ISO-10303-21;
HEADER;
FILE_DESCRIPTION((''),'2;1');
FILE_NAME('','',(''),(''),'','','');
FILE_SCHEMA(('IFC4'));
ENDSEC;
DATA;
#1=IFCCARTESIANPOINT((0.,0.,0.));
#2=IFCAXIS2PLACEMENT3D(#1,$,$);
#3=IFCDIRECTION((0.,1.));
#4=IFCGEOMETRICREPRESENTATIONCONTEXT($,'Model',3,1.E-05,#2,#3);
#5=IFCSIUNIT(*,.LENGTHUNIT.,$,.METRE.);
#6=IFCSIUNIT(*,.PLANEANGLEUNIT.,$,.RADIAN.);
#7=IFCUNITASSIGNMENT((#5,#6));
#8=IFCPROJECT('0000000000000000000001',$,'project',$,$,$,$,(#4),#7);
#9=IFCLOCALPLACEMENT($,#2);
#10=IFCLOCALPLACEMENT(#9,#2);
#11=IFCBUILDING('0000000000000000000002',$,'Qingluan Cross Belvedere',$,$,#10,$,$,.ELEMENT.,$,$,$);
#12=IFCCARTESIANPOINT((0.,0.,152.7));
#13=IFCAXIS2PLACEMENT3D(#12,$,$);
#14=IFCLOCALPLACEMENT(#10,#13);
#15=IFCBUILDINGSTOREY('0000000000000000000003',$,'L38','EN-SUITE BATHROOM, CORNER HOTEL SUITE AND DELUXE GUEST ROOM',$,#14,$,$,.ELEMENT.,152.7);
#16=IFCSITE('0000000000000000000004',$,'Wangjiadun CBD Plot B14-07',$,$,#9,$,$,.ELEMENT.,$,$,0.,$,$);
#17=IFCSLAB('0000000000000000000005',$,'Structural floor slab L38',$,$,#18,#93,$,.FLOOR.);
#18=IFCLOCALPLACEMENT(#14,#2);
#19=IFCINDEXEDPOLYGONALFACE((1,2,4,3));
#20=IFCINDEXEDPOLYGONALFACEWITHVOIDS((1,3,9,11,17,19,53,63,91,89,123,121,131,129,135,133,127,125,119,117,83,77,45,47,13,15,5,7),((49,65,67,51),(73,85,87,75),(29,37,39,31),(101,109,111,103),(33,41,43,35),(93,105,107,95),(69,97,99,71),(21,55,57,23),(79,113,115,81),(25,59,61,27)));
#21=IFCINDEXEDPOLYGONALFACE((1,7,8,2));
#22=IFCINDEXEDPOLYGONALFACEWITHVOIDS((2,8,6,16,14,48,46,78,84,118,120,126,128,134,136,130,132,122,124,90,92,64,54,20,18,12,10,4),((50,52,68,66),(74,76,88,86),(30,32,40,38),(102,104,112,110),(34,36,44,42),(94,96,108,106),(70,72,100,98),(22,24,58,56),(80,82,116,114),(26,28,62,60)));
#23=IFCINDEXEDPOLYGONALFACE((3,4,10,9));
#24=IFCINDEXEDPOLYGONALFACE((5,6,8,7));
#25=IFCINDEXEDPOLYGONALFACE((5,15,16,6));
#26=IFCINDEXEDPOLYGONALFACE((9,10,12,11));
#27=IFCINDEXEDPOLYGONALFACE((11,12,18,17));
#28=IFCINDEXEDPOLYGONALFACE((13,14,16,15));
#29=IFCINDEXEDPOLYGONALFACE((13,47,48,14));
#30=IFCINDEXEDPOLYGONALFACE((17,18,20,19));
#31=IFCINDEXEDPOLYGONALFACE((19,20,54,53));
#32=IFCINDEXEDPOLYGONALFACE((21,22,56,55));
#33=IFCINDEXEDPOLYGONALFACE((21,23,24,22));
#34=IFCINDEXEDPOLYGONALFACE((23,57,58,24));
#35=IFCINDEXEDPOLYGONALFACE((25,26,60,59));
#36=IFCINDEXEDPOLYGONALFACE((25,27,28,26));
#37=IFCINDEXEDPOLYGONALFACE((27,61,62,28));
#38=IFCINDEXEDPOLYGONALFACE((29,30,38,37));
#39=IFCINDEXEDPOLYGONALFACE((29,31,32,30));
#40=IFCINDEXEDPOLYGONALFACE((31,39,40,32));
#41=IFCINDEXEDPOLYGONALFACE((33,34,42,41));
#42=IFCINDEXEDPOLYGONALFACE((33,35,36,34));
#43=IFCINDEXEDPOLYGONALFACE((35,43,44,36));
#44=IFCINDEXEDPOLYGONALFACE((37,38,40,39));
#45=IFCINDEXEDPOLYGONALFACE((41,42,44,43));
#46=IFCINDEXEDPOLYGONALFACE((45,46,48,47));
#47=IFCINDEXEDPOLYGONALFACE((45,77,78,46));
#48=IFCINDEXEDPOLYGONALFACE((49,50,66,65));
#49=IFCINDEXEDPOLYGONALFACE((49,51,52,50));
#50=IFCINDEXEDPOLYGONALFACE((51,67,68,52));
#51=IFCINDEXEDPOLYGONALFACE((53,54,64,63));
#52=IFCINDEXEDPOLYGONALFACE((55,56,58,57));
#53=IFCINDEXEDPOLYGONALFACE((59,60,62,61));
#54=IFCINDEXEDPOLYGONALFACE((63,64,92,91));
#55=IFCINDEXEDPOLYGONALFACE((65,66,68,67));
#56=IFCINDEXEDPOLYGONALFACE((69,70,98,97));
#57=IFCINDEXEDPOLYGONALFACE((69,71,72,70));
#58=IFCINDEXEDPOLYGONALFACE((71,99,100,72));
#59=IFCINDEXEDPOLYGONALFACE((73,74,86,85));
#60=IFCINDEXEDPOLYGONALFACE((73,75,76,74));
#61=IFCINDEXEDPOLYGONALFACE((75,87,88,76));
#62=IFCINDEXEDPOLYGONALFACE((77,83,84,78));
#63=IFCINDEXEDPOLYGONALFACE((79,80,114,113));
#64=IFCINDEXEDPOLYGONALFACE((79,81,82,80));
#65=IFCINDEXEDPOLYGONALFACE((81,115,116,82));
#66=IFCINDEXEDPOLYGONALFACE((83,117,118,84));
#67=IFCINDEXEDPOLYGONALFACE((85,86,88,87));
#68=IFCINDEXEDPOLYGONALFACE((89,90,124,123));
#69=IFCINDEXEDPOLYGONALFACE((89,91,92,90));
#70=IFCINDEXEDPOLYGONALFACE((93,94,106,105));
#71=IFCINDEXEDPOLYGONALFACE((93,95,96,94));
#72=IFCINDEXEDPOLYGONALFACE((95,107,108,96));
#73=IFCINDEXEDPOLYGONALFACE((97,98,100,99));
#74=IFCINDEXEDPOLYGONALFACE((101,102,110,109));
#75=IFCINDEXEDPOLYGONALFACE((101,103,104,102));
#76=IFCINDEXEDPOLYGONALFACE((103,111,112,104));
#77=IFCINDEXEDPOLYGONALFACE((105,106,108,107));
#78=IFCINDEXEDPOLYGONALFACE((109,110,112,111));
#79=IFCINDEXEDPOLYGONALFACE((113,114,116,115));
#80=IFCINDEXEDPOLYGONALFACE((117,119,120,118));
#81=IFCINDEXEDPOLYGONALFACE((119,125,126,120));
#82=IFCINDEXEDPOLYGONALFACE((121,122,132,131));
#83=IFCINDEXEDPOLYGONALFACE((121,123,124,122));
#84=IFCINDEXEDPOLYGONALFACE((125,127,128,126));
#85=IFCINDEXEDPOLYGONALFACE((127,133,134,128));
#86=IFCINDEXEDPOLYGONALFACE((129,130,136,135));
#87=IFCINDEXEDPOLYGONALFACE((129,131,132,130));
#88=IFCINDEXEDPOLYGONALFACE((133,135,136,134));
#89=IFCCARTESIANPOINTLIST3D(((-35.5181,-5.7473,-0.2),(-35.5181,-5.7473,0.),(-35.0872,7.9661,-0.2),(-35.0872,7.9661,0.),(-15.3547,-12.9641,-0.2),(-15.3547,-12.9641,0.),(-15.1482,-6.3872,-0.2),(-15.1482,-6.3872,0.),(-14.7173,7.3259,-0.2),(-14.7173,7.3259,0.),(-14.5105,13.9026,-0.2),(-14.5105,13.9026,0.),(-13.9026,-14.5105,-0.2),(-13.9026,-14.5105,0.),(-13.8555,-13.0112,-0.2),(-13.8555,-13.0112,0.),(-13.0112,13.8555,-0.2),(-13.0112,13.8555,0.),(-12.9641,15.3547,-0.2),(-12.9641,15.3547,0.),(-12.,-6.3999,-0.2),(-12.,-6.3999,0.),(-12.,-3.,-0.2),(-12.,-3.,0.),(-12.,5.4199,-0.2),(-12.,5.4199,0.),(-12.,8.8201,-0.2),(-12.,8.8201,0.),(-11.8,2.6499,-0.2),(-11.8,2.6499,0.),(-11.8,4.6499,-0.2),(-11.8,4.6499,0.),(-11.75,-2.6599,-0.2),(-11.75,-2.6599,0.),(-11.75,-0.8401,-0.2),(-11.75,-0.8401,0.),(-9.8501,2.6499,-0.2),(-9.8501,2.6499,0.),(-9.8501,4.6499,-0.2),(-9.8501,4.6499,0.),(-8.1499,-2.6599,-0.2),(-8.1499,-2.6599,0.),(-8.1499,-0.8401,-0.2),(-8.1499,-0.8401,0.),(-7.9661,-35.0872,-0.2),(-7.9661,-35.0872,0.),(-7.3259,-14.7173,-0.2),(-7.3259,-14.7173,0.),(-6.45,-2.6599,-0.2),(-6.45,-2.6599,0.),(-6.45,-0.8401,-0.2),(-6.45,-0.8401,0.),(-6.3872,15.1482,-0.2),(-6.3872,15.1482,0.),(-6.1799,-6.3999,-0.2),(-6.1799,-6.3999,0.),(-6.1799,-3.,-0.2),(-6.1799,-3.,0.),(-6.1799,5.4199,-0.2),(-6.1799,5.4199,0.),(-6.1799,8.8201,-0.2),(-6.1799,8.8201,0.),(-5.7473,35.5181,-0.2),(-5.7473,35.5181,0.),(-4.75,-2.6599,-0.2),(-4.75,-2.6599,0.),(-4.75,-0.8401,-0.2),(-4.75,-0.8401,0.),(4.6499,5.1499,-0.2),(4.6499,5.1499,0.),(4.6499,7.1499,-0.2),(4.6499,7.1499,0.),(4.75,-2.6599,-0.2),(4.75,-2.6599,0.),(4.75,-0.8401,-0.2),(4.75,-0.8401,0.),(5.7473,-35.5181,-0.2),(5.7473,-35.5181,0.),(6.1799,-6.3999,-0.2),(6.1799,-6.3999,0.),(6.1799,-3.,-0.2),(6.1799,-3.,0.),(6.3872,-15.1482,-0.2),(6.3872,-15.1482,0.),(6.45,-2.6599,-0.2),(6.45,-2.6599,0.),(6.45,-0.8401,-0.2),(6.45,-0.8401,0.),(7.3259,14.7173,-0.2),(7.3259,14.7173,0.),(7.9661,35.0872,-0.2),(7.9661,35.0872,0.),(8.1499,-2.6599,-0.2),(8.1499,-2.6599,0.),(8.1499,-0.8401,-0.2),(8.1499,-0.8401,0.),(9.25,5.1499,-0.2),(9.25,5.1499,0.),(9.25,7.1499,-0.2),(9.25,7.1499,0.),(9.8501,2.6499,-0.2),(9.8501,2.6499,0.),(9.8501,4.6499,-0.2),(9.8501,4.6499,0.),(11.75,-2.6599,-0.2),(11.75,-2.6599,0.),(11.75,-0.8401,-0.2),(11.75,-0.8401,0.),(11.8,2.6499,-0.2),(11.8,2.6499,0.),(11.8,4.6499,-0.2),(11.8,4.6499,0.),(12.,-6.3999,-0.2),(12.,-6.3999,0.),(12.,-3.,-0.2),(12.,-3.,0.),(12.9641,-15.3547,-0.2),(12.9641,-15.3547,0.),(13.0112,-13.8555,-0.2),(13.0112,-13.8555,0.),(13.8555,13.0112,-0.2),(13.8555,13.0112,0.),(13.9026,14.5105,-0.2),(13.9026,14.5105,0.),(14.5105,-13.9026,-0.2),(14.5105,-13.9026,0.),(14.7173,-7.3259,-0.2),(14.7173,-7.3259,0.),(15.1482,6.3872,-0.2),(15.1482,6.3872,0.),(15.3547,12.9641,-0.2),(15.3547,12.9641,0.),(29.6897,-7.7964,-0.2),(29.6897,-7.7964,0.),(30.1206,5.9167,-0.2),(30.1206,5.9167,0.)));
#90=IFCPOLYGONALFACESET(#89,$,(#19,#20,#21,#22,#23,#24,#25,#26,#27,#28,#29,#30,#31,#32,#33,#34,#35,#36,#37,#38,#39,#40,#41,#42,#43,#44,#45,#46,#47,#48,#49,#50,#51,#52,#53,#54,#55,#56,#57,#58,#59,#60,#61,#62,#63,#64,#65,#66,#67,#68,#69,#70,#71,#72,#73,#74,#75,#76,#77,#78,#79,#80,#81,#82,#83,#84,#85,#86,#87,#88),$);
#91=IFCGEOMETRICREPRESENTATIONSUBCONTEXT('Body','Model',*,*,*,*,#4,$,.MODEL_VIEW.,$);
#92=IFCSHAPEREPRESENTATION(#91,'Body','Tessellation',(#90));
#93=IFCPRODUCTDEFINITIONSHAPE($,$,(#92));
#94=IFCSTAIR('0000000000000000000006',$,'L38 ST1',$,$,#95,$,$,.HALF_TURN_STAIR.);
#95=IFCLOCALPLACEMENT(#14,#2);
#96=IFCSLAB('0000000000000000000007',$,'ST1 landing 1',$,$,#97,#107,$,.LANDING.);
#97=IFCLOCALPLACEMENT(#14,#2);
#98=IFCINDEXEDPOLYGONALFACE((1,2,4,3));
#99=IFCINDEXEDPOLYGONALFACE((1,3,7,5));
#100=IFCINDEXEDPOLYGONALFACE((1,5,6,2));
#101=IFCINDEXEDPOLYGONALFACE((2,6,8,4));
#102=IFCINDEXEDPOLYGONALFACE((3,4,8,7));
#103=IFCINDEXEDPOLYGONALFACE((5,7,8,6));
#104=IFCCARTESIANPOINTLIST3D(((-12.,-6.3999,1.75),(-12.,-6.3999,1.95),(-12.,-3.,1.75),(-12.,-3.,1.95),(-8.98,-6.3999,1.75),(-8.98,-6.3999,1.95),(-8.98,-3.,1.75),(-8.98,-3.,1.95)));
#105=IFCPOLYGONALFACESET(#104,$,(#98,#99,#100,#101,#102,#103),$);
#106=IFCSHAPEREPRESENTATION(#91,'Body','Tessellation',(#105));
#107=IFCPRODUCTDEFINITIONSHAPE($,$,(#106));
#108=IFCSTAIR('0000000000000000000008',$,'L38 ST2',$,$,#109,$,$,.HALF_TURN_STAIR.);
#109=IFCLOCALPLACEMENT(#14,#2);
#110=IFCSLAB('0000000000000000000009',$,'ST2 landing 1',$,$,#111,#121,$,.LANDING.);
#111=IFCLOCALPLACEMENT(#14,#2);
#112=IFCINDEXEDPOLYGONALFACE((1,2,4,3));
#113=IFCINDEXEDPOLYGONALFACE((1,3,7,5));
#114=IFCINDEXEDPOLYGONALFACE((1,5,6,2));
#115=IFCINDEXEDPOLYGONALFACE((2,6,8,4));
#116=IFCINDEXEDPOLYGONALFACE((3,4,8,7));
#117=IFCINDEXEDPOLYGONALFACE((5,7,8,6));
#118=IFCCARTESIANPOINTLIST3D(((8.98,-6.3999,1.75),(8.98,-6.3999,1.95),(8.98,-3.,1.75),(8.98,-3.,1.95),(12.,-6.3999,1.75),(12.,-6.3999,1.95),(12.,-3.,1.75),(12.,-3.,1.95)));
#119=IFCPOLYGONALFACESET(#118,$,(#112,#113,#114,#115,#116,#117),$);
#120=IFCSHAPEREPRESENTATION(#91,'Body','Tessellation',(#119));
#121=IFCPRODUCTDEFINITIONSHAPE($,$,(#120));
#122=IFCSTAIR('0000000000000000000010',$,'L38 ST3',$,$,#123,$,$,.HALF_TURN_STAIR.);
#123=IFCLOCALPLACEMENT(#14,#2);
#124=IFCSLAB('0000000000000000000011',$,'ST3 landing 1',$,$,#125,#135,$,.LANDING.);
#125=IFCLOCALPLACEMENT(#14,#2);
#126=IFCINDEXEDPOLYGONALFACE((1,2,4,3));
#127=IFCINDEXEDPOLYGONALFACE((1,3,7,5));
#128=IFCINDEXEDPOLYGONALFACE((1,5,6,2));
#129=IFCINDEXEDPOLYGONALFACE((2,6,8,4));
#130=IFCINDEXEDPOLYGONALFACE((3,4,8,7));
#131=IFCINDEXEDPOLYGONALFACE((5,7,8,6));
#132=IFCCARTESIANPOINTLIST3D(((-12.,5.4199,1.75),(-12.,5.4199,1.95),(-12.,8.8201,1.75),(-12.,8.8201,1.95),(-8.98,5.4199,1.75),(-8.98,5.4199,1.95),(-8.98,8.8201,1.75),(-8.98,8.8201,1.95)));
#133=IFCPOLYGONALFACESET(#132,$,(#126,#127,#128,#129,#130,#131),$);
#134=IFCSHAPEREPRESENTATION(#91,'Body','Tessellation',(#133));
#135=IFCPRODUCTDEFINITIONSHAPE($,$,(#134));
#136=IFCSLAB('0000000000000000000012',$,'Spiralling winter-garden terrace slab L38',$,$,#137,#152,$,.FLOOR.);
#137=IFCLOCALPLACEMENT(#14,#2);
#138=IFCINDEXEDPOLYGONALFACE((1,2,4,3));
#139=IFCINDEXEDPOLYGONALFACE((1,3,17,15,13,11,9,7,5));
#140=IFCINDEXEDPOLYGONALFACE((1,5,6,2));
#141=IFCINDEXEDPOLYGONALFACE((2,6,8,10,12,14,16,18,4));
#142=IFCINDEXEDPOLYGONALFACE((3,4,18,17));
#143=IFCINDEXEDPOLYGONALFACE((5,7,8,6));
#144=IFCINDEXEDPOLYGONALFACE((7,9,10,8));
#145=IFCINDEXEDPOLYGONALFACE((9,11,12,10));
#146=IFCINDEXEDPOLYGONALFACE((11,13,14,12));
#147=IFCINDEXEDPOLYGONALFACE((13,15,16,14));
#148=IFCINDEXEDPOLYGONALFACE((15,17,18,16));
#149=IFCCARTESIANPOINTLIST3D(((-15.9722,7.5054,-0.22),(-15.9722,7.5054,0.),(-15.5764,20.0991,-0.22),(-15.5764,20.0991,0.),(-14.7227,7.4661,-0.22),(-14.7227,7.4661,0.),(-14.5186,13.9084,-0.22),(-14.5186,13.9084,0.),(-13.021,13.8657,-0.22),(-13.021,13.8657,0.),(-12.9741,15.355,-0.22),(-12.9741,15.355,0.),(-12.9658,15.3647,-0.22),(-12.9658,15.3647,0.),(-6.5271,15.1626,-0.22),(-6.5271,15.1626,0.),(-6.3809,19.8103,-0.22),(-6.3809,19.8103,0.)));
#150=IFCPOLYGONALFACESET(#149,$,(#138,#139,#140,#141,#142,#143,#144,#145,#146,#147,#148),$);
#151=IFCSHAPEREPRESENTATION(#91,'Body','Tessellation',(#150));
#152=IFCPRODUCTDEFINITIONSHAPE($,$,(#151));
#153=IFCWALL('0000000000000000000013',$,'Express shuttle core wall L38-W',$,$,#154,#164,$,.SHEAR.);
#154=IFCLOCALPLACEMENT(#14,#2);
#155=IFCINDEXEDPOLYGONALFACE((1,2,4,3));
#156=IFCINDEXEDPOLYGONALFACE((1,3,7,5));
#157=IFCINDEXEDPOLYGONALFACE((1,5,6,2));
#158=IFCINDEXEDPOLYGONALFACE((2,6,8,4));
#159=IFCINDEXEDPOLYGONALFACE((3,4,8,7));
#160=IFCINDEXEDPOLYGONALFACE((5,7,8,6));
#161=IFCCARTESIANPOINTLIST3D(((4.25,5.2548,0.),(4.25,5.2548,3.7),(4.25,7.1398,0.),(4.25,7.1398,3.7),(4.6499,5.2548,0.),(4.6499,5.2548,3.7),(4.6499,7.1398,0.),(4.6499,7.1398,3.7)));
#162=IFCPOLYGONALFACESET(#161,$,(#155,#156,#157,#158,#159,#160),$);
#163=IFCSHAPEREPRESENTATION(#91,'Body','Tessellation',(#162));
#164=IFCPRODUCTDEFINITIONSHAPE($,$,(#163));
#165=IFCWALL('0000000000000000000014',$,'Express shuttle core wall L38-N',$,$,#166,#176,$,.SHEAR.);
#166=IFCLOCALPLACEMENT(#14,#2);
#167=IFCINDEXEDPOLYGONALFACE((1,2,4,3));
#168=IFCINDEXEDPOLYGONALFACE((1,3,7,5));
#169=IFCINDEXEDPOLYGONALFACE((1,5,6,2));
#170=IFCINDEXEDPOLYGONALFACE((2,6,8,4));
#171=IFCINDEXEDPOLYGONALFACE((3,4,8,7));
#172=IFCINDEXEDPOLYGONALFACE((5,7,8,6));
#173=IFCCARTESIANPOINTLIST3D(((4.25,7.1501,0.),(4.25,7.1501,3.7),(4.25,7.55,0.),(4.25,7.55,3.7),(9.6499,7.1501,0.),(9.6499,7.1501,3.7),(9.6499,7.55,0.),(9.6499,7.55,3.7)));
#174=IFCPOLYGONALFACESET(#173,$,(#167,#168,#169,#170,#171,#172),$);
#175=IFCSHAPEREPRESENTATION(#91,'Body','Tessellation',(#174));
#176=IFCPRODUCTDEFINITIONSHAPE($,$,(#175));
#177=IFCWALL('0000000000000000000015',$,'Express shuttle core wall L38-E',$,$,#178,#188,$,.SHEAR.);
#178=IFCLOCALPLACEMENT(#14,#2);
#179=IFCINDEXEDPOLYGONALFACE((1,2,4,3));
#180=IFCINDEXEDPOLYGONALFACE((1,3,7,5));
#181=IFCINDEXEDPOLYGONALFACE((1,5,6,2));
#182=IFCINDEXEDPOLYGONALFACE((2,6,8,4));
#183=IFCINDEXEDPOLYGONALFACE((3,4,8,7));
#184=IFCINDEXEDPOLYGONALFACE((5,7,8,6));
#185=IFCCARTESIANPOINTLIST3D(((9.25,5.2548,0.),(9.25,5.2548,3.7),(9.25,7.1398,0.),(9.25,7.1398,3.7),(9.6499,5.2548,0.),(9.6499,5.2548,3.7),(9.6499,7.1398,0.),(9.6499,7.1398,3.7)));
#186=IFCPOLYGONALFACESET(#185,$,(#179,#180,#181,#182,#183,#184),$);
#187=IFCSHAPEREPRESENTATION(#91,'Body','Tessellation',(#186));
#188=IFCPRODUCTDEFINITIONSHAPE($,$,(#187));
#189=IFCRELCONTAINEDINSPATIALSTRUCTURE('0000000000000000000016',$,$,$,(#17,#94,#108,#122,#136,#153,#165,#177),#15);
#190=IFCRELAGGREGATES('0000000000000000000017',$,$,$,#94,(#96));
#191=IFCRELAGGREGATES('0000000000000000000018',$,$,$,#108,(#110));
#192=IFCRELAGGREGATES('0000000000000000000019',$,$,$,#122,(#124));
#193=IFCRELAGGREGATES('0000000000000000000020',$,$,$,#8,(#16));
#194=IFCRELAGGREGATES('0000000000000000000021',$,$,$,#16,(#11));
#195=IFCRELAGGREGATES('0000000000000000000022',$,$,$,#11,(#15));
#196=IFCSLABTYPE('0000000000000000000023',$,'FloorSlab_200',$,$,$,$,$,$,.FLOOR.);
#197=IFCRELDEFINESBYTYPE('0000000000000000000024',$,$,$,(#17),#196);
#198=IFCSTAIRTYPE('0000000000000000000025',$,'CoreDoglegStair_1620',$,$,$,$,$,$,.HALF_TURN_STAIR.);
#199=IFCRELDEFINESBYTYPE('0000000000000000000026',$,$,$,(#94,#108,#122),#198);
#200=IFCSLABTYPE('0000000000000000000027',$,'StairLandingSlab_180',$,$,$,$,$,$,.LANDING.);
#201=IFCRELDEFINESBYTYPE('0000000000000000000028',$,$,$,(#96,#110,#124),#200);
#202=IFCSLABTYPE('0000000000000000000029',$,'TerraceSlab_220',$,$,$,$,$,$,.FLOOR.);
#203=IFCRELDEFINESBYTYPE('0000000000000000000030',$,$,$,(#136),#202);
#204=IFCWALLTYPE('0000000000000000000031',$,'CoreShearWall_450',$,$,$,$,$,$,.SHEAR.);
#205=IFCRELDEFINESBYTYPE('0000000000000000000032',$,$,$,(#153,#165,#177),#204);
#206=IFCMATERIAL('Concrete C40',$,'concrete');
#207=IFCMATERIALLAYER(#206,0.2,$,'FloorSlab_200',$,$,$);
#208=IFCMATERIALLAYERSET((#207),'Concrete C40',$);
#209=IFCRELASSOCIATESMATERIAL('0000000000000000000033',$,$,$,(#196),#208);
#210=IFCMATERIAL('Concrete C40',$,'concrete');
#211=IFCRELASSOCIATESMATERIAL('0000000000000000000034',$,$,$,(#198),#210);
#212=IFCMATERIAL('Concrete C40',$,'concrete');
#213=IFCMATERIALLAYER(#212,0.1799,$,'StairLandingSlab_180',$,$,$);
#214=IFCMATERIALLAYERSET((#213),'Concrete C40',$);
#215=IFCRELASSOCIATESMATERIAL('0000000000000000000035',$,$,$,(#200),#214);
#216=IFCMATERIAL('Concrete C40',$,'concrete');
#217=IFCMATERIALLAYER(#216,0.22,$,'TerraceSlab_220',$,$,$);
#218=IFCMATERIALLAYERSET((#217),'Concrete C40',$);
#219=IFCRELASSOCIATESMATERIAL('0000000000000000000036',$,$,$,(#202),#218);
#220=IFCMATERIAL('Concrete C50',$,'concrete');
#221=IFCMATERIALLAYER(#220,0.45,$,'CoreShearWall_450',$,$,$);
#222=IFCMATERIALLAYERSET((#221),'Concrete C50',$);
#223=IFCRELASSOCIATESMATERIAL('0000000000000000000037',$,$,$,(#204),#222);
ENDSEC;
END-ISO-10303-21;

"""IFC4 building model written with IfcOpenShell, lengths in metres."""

from ifc_helpers import new_model, si_unit, direction, frame, frame_2d, origin, place, context, subcontext, project, spatial, polyline, rectangle, outline, extrude, material, layer, layer_set, type_object, element, aggregate, save


model = new_model("IFC4")

# Units and contexts
model_context = context("Model", 3, precision=1e-05, world=origin(), true_north=direction((0.0, 1.0)))
body_context = subcontext(model_context, "Body", "Model", "MODEL_VIEW")
ifc_project = project(units=[si_unit("LENGTHUNIT", "METRE"), si_unit("PLANEANGLEUNIT", "RADIAN")], contexts=[model_context])

# Site, building, storey
site_placement = place(None, origin())
site = spatial("IfcSite", under=ifc_project, at=site_placement, Name="Wangjiadun CBD Plot B14-07", CompositionType="ELEMENT", RefElevation=0.0)
building_placement = place(site_placement, origin())
building = spatial("IfcBuilding", under=site, at=building_placement, Name="Qingluan Cross Belvedere", CompositionType="ELEMENT")
storey_placement = place(building_placement, frame((0.0, 0.0, 152.7)))
storey = spatial("IfcBuildingStorey", under=building, at=storey_placement, Name="L38", Description="EN-SUITE BATHROOM, CORNER HOTEL SUITE AND DELUXE GUEST ROOM", CompositionType="ELEMENT", Elevation=152.7)

# Slab
ifc_material_1 = material(Name="Concrete C40", Category="concrete")
ifc_layer_1 = layer(ifc_material_1, 0.2, Name="FloorSlab_200")
ifc_layer_set_1 = layer_set([ifc_layer_1], Name="Concrete C40")
slab_type_1 = type_object("IfcSlabType", Name="FloorSlab_200", PredefinedType="FLOOR", material=ifc_layer_set_1)
slab_1_placement = place(storey_placement, frame((0.0, 0.0, -0.2)))
element("IfcSlab", 1, at=slab_1_placement, inside=storey, type_object=slab_type_1, Name="Structural floor slab L38", PredefinedType="FLOOR", context=body_context, shape_type="SweptSolid", body=[
    extrude(outline(polyline([(5.7473, -35.5181), (6.3872, -15.1482), (12.9641, -15.3547), (13.0112, -13.8555), (14.5105, -13.9026), (14.7173, -7.3259), (29.6897, -7.7964), (30.1206, 5.9167), (15.1482, 6.3872), (15.3547, 12.9641), (13.8555, 13.0112), (13.9026, 14.5105), (7.3259, 14.7173), (7.9661, 35.0872), (-5.7473, 35.5181), (-6.3872, 15.1482), (-12.9641, 15.3547), (-13.0112, 13.8555), (-14.5105, 13.9026), (-14.7173, 7.3259), (-35.0872, 7.9661), (-35.5181, -5.7473), (-15.1482, -6.3872), (-15.3547, -12.9641), (-13.8555, -13.0112), (-13.9026, -14.5105), (-7.3259, -14.7173), (-7.9661, -35.0872), (5.7473, -35.5181)]), holes=[polyline([(-12.0, -3.0), (-6.1799, -3.0), (-6.1799, -6.3999), (-12.0, -6.3999), (-12.0, -3.0)]), polyline([(6.1799, -3.0), (12.0, -3.0), (12.0, -6.3999), (6.1799, -6.3999), (6.1799, -3.0)]), polyline([(-12.0, 8.8201), (-6.1799, 8.8201), (-6.1799, 5.4199), (-12.0, 5.4199), (-12.0, 8.8201)]), polyline([(-11.8, 4.6499), (-9.8501, 4.6499), (-9.8501, 2.6499), (-11.8, 2.6499), (-11.8, 4.6499)]), polyline([(9.8501, 4.6499), (11.8, 4.6499), (11.8, 2.6499), (9.8501, 2.6499), (9.8501, 4.6499)]), polyline([(-11.75, -0.8401), (-8.1499, -0.8401), (-8.1499, -2.6599), (-11.75, -2.6599), (-11.75, -0.8401)]), polyline([(-6.45, -0.8401), (-4.75, -0.8401), (-4.75, -2.6599), (-6.45, -2.6599), (-6.45, -0.8401)]), polyline([(4.75, -0.8401), (6.45, -0.8401), (6.45, -2.6599), (4.75, -2.6599), (4.75, -0.8401)]), polyline([(8.1499, -0.8401), (11.75, -0.8401), (11.75, -2.6599), (8.1499, -2.6599), (8.1499, -0.8401)]), polyline([(4.6499, 7.1499), (9.25, 7.1499), (9.25, 5.1499), (4.6499, 5.1499), (4.6499, 7.1499)])]), origin(), (0.0, 0.0, 1.0), 0.2),
])

# Stairs, slabs
ifc_material_2 = material(Name="Concrete C40", Category="concrete")
stair_type = type_object("IfcStairType", Name="CoreDoglegStair_1620", PredefinedType="HALF_TURN_STAIR", material=ifc_material_2)
stair_1_placement = place(storey_placement, origin())
stair_1 = element("IfcStair", 2, at=stair_1_placement, inside=storey, type_object=stair_type, Name="L38 ST1", PredefinedType="HALF_TURN_STAIR")
ifc_material_3 = material(Name="Concrete C40", Category="concrete")
ifc_layer_2 = layer(ifc_material_3, 0.1799, Name="StairLandingSlab_180")
ifc_layer_set_2 = layer_set([ifc_layer_2], Name="Concrete C40")
slab_type_2 = type_object("IfcSlabType", Name="StairLandingSlab_180", PredefinedType="LANDING", material=ifc_layer_set_2)
slab_2_placement = place(storey_placement, frame((0.0, 0.0, 1.75)))
slab_2 = element("IfcSlab", 3, at=slab_2_placement, type_object=slab_type_2, Name="ST1 landing 1", PredefinedType="LANDING", context=body_context, shape_type="SweptSolid", body=[
    extrude(outline(polyline([(-8.98, -3.0), (-12.0, -3.0), (-12.0, -6.3999), (-8.98, -6.3999), (-8.98, -3.0)])), origin(), (0.0, 0.0, 1.0), 0.2),
])
aggregate(stair_1, [slab_2])
stair_2_placement = place(storey_placement, origin())
stair_2 = element("IfcStair", 4, at=stair_2_placement, inside=storey, type_object=stair_type, Name="L38 ST2", PredefinedType="HALF_TURN_STAIR")
slab_3_placement = place(storey_placement, frame((0.0, 0.0, 1.75)))
slab_3 = element("IfcSlab", 5, at=slab_3_placement, type_object=slab_type_2, Name="ST2 landing 1", PredefinedType="LANDING", context=body_context, shape_type="SweptSolid", body=[
    extrude(outline(polyline([(8.98, -6.3999), (12.0, -6.3999), (12.0, -3.0), (8.98, -3.0), (8.98, -6.3999)])), origin(), (0.0, 0.0, 1.0), 0.2),
])
aggregate(stair_2, [slab_3])
stair_3_placement = place(storey_placement, origin())
stair_3 = element("IfcStair", 6, at=stair_3_placement, inside=storey, type_object=stair_type, Name="L38 ST3", PredefinedType="HALF_TURN_STAIR")
slab_4_placement = place(storey_placement, frame((0.0, 0.0, 1.75)))
slab_4 = element("IfcSlab", 7, at=slab_4_placement, type_object=slab_type_2, Name="ST3 landing 1", PredefinedType="LANDING", context=body_context, shape_type="SweptSolid", body=[
    extrude(outline(polyline([(-8.98, 8.8201), (-12.0, 8.8201), (-12.0, 5.4199), (-8.98, 5.4199), (-8.98, 8.8201)])), origin(), (0.0, 0.0, 1.0), 0.2),
])
aggregate(stair_3, [slab_4])

# Slab
ifc_material_4 = material(Name="Concrete C40", Category="concrete")
ifc_layer_3 = layer(ifc_material_4, 0.22, Name="TerraceSlab_220")
ifc_layer_set_3 = layer_set([ifc_layer_3], Name="Concrete C40")
slab_type_3 = type_object("IfcSlabType", Name="TerraceSlab_220", PredefinedType="FLOOR", material=ifc_layer_set_3)
slab_5_placement = place(storey_placement, frame((0.0, 0.0, -0.22)))
element("IfcSlab", 8, at=slab_5_placement, inside=storey, type_object=slab_type_3, Name="Spiralling winter-garden terrace slab L38", PredefinedType="FLOOR", context=body_context, shape_type="SweptSolid", body=[
    extrude(outline(polyline([(-14.7227, 7.4661), (-14.5186, 13.9084), (-13.021, 13.8657), (-12.9741, 15.355), (-12.9658, 15.3647), (-6.5271, 15.1626), (-6.3809, 19.8103), (-15.5764, 20.0991), (-15.9722, 7.5054), (-14.7227, 7.4661)])), origin(), (0.0, 0.0, 1.0), 0.22),
])

# Walls
ifc_material_5 = material(Name="Concrete C50", Category="concrete")
ifc_layer_4 = layer(ifc_material_5, 0.45, Name="CoreShearWall_450")
ifc_layer_set_4 = layer_set([ifc_layer_4], Name="Concrete C50")
wall_type_1 = type_object("IfcWallType", Name="CoreShearWall_450", PredefinedType="SHEAR", material=ifc_layer_set_4)
wall_1_placement = place(storey_placement, frame((4.45, 5.2549, 0.0), z_axis=(0.0, 0.0, 1.0), x_axis=(0.0, 1.0, 0.0)))
element("IfcWall", 9, at=wall_1_placement, inside=storey, type_object=wall_type_1, Name="Express shuttle core wall L38-W", PredefinedType="SHEAR", context=body_context, shape_type="SweptSolid", body=[
    extrude(rectangle(XDim=1.885, YDim=0.3999, at=frame_2d((0.9424, 0.0))), origin(), (0.0, 0.0, 1.0), 3.7),
])
wall_2_placement = place(storey_placement, frame((4.25, 7.3501, 0.0), z_axis=(0.0, 0.0, 1.0), x_axis=(1.0, 0.0, 0.0)))
element("IfcWall", 10, at=wall_2_placement, inside=storey, type_object=wall_type_1, Name="Express shuttle core wall L38-N", PredefinedType="SHEAR", context=body_context, shape_type="SweptSolid", body=[
    extrude(rectangle(XDim=5.3999, YDim=0.3999, at=frame_2d((2.7, 0.0))), origin(), (0.0, 0.0, 1.0), 3.7),
])
wall_3_placement = place(storey_placement, frame((9.45, 5.2549, 0.0), z_axis=(0.0, 0.0, 1.0), x_axis=(0.0, 1.0, 0.0)))
element("IfcWall", 11, at=wall_3_placement, inside=storey, type_object=wall_type_1, Name="Express shuttle core wall L38-E", PredefinedType="SHEAR", context=body_context, shape_type="SweptSolid", body=[
    extrude(rectangle(XDim=1.885, YDim=0.3999, at=frame_2d((0.9424, 0.0))), origin(), (0.0, 0.0, 1.0), 3.7),
])

save(model, "model.ifc")
